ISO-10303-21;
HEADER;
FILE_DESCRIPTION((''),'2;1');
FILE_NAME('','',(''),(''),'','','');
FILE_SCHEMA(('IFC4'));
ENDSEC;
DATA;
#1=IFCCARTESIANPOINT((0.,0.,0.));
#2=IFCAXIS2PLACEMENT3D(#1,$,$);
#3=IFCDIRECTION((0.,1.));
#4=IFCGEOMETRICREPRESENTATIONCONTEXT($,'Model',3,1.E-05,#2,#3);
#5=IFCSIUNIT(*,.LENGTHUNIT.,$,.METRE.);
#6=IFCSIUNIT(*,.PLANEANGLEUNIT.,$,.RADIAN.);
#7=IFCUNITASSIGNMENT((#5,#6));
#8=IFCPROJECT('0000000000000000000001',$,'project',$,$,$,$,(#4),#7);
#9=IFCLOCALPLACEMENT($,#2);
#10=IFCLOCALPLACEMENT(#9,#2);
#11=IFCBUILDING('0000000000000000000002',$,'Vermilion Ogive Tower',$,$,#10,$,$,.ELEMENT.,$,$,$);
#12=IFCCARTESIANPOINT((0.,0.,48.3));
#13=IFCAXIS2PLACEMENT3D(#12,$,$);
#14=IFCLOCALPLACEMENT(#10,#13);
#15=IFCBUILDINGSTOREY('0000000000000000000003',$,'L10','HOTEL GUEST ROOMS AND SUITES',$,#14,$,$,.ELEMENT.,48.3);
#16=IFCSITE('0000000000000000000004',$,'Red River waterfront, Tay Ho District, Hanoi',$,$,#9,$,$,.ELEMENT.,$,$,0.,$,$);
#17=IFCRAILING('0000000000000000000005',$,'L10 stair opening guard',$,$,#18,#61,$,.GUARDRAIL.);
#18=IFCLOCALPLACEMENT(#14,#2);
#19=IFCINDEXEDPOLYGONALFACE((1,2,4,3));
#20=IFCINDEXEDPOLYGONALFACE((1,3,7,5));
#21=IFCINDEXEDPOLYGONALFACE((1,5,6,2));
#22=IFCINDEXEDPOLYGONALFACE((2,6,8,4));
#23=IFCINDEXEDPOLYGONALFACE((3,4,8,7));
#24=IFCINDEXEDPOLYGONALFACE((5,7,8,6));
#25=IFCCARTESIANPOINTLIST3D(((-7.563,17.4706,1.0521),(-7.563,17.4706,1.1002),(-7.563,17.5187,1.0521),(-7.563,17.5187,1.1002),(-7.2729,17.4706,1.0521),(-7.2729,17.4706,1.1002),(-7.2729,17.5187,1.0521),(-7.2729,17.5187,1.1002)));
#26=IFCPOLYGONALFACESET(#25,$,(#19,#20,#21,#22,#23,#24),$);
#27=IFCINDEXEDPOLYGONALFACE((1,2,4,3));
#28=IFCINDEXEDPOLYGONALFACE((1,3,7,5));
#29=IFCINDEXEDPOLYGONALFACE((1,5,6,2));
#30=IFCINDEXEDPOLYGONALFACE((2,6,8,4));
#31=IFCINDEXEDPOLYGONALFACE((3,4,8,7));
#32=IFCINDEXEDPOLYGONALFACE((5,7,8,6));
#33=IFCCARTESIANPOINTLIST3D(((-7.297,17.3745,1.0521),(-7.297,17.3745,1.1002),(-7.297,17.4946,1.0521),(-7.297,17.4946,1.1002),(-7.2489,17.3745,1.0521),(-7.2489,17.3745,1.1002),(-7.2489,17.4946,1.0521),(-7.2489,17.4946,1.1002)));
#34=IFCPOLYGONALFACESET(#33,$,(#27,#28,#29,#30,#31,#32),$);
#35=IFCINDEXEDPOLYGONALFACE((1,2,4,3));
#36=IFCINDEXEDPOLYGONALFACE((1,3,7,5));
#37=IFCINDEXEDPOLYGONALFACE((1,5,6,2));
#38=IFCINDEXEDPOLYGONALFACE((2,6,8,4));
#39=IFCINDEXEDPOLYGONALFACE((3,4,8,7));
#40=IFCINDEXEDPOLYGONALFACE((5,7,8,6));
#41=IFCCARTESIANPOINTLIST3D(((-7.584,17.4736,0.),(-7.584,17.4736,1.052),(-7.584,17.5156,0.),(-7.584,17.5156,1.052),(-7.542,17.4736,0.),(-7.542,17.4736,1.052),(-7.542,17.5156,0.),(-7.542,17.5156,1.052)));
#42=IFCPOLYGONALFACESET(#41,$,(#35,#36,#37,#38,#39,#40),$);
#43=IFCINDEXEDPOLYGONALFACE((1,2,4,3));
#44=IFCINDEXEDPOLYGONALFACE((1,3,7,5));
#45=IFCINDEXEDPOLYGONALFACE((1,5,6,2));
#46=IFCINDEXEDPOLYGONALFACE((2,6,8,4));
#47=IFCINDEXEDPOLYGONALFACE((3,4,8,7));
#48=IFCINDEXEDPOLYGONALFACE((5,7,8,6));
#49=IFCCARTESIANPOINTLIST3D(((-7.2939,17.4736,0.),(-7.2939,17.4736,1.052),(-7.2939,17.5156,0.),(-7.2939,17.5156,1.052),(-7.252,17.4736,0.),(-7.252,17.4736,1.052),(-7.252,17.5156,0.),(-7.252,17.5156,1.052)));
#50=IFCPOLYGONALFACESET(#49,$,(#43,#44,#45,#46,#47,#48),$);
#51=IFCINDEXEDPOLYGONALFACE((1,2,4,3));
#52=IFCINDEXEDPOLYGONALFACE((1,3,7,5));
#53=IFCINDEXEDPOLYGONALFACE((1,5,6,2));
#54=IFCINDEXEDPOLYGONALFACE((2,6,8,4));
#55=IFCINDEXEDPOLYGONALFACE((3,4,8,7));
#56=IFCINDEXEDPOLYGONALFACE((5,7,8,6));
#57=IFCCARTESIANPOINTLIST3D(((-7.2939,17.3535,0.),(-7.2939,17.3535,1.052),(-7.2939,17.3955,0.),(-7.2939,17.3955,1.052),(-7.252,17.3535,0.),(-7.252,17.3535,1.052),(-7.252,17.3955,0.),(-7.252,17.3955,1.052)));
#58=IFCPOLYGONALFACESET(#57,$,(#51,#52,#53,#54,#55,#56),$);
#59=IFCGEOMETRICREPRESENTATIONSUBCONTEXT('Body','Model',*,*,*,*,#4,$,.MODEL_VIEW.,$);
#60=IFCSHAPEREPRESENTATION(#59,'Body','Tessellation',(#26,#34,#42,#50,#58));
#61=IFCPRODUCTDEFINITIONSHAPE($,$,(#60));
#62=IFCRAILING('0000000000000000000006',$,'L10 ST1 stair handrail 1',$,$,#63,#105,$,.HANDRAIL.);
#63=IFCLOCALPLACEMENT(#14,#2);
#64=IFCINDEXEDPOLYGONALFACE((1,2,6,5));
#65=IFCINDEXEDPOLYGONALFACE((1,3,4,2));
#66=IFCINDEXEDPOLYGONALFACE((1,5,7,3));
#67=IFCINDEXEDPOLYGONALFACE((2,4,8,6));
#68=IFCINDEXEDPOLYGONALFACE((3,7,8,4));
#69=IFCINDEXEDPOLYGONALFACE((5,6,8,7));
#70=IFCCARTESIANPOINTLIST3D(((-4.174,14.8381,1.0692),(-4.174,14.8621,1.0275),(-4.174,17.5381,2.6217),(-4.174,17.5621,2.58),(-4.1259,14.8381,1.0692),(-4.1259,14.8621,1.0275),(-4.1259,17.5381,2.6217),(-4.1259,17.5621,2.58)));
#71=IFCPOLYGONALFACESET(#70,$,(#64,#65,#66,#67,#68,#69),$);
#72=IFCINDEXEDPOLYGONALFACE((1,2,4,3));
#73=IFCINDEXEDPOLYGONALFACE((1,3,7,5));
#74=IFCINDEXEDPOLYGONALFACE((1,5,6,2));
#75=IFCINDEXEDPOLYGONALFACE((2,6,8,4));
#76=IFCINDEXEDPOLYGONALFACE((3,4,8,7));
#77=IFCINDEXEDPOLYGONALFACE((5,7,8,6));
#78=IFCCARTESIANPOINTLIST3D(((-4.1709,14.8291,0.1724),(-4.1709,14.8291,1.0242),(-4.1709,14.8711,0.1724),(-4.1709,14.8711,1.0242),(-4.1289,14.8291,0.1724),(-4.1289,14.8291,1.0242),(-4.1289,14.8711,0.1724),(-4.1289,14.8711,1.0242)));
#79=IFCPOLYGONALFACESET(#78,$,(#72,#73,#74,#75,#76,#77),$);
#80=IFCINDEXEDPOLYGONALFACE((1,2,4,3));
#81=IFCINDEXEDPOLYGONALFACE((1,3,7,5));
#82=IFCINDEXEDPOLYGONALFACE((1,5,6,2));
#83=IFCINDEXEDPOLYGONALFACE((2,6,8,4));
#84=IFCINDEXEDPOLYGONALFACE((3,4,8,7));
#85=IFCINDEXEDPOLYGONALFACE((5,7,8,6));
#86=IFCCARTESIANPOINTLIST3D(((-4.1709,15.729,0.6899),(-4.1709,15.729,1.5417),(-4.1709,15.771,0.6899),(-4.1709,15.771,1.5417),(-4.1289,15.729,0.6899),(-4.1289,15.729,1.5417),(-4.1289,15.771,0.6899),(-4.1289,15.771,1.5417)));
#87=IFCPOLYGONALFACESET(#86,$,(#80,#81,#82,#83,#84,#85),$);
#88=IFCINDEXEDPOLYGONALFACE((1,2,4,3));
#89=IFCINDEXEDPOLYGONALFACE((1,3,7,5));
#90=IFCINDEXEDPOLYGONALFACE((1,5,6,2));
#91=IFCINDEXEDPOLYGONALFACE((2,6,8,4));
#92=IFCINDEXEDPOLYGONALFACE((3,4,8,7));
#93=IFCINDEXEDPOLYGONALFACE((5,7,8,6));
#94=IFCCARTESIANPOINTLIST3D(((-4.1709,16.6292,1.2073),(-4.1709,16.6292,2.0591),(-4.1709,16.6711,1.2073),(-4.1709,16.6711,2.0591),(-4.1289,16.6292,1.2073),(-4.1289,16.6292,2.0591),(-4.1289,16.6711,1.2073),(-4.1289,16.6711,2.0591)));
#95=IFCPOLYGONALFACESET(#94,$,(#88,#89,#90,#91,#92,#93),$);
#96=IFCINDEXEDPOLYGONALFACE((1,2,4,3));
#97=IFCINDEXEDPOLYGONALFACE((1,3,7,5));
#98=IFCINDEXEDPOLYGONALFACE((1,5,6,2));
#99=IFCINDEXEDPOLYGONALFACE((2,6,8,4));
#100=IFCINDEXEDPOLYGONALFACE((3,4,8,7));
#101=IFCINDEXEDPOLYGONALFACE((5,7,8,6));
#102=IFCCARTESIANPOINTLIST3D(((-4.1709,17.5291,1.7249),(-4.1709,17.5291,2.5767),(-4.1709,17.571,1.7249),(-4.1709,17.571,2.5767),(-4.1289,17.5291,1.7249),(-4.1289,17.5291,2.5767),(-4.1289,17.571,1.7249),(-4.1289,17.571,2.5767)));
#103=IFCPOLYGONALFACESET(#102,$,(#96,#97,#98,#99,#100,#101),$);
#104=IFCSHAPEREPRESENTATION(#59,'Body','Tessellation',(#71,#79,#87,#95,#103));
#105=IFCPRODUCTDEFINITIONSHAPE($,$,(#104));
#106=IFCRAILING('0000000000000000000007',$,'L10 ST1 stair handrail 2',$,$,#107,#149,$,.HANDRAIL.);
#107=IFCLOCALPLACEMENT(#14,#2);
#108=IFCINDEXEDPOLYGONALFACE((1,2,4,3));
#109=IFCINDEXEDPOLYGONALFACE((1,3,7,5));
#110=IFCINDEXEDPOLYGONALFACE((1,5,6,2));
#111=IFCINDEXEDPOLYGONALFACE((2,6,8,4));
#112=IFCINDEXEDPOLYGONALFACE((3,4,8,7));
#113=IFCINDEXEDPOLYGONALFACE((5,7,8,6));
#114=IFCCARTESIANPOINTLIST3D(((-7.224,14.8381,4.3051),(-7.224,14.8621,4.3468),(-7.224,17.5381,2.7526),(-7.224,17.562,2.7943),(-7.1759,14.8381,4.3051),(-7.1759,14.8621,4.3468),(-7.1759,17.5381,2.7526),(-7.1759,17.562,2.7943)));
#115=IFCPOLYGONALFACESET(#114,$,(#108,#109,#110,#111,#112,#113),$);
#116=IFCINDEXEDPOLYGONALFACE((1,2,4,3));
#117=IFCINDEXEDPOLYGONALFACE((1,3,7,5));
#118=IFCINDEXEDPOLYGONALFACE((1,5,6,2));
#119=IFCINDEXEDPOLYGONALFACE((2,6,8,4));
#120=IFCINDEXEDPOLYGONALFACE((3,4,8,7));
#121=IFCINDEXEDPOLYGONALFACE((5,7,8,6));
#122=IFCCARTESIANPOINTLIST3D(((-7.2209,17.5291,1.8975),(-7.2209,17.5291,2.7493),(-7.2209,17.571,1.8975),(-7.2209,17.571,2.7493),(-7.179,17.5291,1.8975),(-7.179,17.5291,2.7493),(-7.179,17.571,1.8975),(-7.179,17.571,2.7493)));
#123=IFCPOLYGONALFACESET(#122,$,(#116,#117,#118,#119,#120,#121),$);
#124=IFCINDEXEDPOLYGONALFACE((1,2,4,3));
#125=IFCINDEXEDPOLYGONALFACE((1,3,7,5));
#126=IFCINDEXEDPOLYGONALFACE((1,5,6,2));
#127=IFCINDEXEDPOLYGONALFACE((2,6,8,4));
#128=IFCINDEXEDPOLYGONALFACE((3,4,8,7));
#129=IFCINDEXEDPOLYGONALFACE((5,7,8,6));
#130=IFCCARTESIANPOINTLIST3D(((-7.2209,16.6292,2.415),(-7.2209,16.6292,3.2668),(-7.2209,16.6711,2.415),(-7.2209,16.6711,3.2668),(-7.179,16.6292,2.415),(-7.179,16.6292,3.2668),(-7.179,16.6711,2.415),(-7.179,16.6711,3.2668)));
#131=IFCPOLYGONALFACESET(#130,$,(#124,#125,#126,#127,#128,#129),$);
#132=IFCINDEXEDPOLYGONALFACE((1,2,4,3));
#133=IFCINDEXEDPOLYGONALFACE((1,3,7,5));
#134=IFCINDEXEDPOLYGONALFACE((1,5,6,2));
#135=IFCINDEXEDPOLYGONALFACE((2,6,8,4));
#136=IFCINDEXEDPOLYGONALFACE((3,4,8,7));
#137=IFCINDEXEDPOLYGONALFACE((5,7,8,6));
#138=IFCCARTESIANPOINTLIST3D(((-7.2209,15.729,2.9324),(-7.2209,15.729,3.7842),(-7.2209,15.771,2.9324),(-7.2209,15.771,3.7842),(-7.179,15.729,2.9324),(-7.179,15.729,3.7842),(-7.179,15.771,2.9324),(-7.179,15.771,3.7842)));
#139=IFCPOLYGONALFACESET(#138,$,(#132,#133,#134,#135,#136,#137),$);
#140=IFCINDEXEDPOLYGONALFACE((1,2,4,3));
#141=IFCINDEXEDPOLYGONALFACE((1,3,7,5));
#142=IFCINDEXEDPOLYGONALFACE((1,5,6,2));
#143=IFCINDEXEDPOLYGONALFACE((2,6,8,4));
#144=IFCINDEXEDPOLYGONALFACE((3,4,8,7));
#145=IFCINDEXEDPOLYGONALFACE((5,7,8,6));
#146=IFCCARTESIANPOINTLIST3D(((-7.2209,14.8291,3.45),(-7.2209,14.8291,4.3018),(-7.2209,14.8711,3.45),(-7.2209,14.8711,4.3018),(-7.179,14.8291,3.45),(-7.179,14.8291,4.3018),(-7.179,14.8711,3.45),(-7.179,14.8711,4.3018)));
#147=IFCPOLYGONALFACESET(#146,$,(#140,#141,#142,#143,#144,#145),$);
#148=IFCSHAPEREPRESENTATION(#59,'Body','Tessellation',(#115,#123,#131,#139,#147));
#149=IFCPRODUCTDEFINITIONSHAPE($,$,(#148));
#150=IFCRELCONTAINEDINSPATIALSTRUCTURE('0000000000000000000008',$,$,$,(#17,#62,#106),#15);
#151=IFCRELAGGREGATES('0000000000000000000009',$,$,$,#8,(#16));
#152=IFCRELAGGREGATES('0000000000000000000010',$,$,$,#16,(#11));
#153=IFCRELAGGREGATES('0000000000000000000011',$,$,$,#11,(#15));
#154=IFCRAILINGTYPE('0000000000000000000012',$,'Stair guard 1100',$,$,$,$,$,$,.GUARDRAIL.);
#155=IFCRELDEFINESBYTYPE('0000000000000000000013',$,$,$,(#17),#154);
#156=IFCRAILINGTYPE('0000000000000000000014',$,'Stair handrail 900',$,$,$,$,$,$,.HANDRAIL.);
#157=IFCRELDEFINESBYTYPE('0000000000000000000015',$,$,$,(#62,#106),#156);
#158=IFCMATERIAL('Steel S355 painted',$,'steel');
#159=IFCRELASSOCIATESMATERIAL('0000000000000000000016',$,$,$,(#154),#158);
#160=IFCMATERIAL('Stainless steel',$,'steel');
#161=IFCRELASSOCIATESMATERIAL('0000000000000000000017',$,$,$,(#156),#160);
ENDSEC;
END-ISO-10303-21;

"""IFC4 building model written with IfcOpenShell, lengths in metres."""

from ifc_helpers import new_model, si_unit, direction, frame, origin, origin_2d, place, context, subcontext, project, spatial, rectangle, extrude, material, type_object, element, save


model = new_model("IFC4")

# Units and contexts
model_context = context("Model", 3, precision=1e-05, world=origin(), true_north=direction((0.0, 1.0)))
body_context = subcontext(model_context, "Body", "Model", "MODEL_VIEW")
ifc_project = project(units=[si_unit("LENGTHUNIT", "METRE"), si_unit("PLANEANGLEUNIT", "RADIAN")], contexts=[model_context])

# Site, building, storey
site_placement = place(None, origin())
site = spatial("IfcSite", under=ifc_project, at=site_placement, Name="Red River waterfront, Tay Ho District, Hanoi", CompositionType="ELEMENT", RefElevation=0.0)
building_placement = place(site_placement, origin())
building = spatial("IfcBuilding", under=site, at=building_placement, Name="Vermilion Ogive Tower", CompositionType="ELEMENT")
storey_placement = place(building_placement, frame((0.0, 0.0, 48.3)))
storey = spatial("IfcBuildingStorey", under=building, at=storey_placement, Name="L10", Description="HOTEL GUEST ROOMS AND SUITES", CompositionType="ELEMENT", Elevation=48.3)

# Railings
ifc_material_1 = material(Name="Steel S355 painted", Category="steel")
railing_type_1 = type_object("IfcRailingType", Name="Stair guard 1100", PredefinedType="GUARDRAIL", material=ifc_material_1)
railing_1_placement = place(storey_placement, frame((-7.563, 17.4946, 0.0)))
element("IfcRailing", 1, at=railing_1_placement, inside=storey, type_object=railing_type_1, Name="L10 stair opening guard", PredefinedType="GUARDRAIL", context=body_context, shape_type="SweptSolid", body=[
    extrude(rectangle(XDim=0.0481, YDim=0.0481, at=origin_2d()), frame((0.0, 0.0, 1.0762), z_axis=(1.0, 0.0, 0.0), x_axis=(0.0, 1.0, 0.0)), (0.0, 0.0, 1.0), 0.29),
    extrude(rectangle(XDim=0.0481, YDim=0.0481, at=origin_2d()), frame((0.29, 0.0, 1.0762), z_axis=(0.0, -1.0, 0.0), x_axis=(1.0, 0.0, 0.0)), (0.0, 0.0, 1.0), 0.1201),
    extrude(rectangle(XDim=0.042, YDim=0.042, at=origin_2d()), origin(), (0.0, 0.0, 1.0), 1.052),
    extrude(rectangle(XDim=0.042, YDim=0.042, at=origin_2d()), frame((0.29, 0.0, 0.0)), (0.0, 0.0, 1.0), 1.052),
    extrude(rectangle(XDim=0.042, YDim=0.042, at=origin_2d()), frame((0.29, -0.1201, 0.0)), (0.0, 0.0, 1.0), 1.052),
])
ifc_material_2 = material(Name="Stainless steel", Category="steel")
railing_type_2 = type_object("IfcRailingType", Name="Stair handrail 900", PredefinedType="HANDRAIL", material=ifc_material_2)
railing_2_placement = place(storey_placement, frame((-4.1499, 14.8501, 0.1724)))
element("IfcRailing", 2, at=railing_2_placement, inside=storey, type_object=railing_type_2, Name="L10 ST1 stair handrail 1", PredefinedType="HANDRAIL", context=body_context, shape_type="SweptSolid", body=[
    extrude(rectangle(XDim=0.0481, YDim=0.0481, at=origin_2d()), frame((0.0, 0.0, 0.876), z_axis=(0.0, 0.866904, 0.498476), x_axis=(-1.0, 0.0, 0.0)), (0.0, 0.0, 1.0), 3.1145),
    extrude(rectangle(XDim=0.042, YDim=0.042, at=origin_2d()), origin(), (0.0, 0.0, 1.0), 0.8518),
    extrude(rectangle(XDim=0.042, YDim=0.042, at=origin_2d()), frame((0.0, 0.8999, 0.5176)), (0.0, 0.0, 1.0), 0.8518),
    extrude(rectangle(XDim=0.042, YDim=0.042, at=origin_2d()), frame((0.0, 1.8, 1.0349)), (0.0, 0.0, 1.0), 0.8518),
    extrude(rectangle(XDim=0.042, YDim=0.042, at=origin_2d()), frame((0.0, 2.7, 1.5525)), (0.0, 0.0, 1.0), 0.8518),
])
railing_3_placement = place(storey_placement, frame((-7.2, 17.55, 1.8975)))
element("IfcRailing", 3, at=railing_3_placement, inside=storey, type_object=railing_type_2, Name="L10 ST1 stair handrail 2", PredefinedType="HANDRAIL", context=body_context, shape_type="SweptSolid", body=[
    extrude(rectangle(XDim=0.0481, YDim=0.0481, at=origin_2d()), frame((0.0, 0.0, 0.876), z_axis=(0.0, -0.866904, 0.498476), x_axis=(1.0, 0.0, 0.0)), (0.0, 0.0, 1.0), 3.1145),
    extrude(rectangle(XDim=0.042, YDim=0.042, at=origin_2d()), origin(), (0.0, 0.0, 1.0), 0.8518),
    extrude(rectangle(XDim=0.042, YDim=0.042, at=origin_2d()), frame((0.0, -0.8999, 0.5176)), (0.0, 0.0, 1.0), 0.8518),
    extrude(rectangle(XDim=0.042, YDim=0.042, at=origin_2d()), frame((0.0, -1.8, 1.0349)), (0.0, 0.0, 1.0), 0.8518),
    extrude(rectangle(XDim=0.042, YDim=0.042, at=origin_2d()), frame((0.0, -2.7, 1.5525)), (0.0, 0.0, 1.0), 0.8518),
])

save(model, "model.ifc")
